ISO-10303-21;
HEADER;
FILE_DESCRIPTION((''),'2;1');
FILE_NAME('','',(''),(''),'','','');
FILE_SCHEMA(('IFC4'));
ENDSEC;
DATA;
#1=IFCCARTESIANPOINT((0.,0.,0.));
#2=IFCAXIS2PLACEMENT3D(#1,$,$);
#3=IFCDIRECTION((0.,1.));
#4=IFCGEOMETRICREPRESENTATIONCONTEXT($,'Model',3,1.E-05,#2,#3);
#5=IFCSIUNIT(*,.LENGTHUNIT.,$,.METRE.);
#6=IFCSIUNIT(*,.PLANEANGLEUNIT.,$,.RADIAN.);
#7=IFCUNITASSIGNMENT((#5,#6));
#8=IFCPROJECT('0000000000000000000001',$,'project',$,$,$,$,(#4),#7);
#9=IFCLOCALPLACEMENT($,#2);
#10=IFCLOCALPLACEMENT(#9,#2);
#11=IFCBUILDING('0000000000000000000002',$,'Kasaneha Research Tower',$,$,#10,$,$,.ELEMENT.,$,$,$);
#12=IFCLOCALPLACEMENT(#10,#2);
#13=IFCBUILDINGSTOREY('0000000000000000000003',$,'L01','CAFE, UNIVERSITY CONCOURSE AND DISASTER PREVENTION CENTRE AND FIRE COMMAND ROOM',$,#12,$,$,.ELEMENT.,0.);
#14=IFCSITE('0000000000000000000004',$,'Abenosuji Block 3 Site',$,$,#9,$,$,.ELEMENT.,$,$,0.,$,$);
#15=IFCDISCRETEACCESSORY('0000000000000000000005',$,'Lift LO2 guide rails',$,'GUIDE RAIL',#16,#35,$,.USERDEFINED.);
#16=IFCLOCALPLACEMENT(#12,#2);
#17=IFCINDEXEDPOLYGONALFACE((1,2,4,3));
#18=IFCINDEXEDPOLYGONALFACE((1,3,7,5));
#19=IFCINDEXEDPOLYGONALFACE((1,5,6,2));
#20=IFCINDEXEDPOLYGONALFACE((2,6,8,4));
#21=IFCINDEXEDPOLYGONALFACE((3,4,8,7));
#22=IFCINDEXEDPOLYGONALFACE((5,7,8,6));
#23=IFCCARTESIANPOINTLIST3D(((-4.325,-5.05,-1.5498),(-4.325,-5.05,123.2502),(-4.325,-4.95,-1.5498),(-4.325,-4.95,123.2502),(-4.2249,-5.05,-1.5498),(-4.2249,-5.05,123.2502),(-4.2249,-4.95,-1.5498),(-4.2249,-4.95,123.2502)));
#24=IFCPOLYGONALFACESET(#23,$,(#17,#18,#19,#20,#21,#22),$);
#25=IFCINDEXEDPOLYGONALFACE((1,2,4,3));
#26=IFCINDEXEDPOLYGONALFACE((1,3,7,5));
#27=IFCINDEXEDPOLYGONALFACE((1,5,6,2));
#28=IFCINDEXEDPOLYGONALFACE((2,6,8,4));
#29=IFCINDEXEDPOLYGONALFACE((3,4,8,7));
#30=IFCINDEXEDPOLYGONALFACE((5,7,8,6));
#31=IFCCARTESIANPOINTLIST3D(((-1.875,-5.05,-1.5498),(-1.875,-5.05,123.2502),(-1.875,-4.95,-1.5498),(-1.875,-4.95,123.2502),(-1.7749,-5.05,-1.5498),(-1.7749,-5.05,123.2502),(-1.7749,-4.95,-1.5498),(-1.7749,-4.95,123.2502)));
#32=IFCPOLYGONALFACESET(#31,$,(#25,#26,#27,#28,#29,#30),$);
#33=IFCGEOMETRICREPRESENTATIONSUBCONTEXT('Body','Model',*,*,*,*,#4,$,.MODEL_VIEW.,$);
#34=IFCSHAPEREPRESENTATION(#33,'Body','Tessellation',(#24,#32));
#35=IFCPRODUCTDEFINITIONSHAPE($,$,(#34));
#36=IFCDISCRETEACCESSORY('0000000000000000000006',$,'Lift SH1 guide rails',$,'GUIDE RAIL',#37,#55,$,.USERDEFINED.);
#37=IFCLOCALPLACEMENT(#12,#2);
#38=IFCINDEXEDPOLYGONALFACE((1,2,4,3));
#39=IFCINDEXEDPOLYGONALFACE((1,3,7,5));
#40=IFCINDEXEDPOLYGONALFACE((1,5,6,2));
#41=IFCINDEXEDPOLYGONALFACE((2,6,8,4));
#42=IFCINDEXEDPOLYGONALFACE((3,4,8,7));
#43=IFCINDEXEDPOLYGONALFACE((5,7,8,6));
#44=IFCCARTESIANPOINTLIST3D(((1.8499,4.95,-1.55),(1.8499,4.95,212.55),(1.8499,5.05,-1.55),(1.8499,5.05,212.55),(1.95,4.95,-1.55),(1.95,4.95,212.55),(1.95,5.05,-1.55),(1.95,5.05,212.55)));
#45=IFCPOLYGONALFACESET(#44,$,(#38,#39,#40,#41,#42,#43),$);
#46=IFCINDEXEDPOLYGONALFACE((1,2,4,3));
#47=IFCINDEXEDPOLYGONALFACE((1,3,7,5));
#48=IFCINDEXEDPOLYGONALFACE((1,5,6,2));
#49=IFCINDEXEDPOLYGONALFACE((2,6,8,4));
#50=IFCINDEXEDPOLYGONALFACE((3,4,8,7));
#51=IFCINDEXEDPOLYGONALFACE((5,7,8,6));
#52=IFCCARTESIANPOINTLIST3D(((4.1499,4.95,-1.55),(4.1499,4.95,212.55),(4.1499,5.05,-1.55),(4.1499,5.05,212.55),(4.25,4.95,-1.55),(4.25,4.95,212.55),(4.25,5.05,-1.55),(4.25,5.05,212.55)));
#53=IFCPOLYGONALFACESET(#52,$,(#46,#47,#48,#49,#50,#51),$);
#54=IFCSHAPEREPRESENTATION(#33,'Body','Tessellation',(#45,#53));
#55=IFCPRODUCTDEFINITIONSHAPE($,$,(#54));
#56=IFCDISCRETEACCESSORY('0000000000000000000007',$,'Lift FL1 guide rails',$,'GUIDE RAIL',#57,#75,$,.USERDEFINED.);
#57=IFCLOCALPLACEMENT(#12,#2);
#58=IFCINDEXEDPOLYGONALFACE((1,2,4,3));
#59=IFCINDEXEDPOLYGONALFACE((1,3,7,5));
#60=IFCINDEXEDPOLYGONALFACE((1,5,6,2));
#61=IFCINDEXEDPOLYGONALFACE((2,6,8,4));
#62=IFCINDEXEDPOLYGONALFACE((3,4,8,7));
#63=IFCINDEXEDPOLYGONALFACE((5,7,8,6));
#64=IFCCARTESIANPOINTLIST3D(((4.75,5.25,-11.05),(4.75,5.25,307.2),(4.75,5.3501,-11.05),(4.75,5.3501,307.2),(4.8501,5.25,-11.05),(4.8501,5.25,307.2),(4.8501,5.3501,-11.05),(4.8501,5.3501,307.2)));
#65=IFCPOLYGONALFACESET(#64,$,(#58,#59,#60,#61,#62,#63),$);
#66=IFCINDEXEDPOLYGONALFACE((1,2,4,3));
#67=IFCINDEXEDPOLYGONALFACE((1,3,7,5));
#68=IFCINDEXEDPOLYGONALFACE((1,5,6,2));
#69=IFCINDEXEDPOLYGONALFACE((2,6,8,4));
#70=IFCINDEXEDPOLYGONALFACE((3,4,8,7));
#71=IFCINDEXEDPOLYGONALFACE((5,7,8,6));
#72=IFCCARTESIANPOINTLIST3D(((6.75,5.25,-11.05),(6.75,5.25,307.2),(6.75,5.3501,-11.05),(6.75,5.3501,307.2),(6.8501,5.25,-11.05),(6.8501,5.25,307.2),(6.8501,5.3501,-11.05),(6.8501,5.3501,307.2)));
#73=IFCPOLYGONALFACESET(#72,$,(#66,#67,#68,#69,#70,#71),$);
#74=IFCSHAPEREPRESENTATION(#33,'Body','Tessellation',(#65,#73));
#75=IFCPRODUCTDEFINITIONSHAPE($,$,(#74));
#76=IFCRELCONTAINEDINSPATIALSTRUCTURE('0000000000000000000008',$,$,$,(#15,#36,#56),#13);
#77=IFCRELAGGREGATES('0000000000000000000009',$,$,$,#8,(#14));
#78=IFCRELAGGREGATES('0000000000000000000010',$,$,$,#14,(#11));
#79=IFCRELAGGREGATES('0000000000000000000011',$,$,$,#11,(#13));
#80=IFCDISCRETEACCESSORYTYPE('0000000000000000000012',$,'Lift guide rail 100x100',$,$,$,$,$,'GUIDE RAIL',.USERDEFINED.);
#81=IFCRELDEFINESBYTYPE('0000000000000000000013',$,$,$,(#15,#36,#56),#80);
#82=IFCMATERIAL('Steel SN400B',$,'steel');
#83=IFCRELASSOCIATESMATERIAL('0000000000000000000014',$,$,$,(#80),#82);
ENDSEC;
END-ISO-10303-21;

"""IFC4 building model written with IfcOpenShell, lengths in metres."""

from ifc_helpers import new_model, si_unit, direction, frame, origin, origin_2d, place, context, subcontext, project, spatial, rectangle, extrude, material, type_object, element, save


model = new_model("IFC4")

# Units and contexts
model_context = context("Model", 3, precision=1e-05, world=origin(), true_north=direction((0.0, 1.0)))
body_context = subcontext(model_context, "Body", "Model", "MODEL_VIEW")
ifc_project = project(units=[si_unit("LENGTHUNIT", "METRE"), si_unit("PLANEANGLEUNIT", "RADIAN")], contexts=[model_context])

# Site, building, storey
site_placement = place(None, origin())
site = spatial("IfcSite", under=ifc_project, at=site_placement, Name="Abenosuji Block 3 Site", CompositionType="ELEMENT", RefElevation=0.0)
building_placement = place(site_placement, origin())
building = spatial("IfcBuilding", under=site, at=building_placement, Name="Kasaneha Research Tower", CompositionType="ELEMENT")
storey_placement = place(building_placement, origin())
storey = spatial("IfcBuildingStorey", under=building, at=storey_placement, Name="L01", Description="CAFE, UNIVERSITY CONCOURSE AND DISASTER PREVENTION CENTRE AND FIRE COMMAND ROOM", CompositionType="ELEMENT", Elevation=0.0)

# Discrete accessories
ifc_material_1 = material(Name="Steel SN400B", Category="steel")
discrete_accessory_type = type_object("IfcDiscreteAccessoryType", Name="Lift guide rail 100x100", ElementType="GUIDE RAIL", PredefinedType="USERDEFINED", material=ifc_material_1)
discrete_accessory_1_placement = place(storey_placement, origin())
element("IfcDiscreteAccessory", 1, at=discrete_accessory_1_placement, inside=storey, type_object=discrete_accessory_type, Name="Lift LO2 guide rails", ObjectType="GUIDE RAIL", PredefinedType="USERDEFINED", context=body_context, shape_type="SweptSolid", body=[
    extrude(rectangle(XDim=0.1001, YDim=0.1001, at=origin_2d()), frame((-4.2749, -5.0, -1.5498)), (0.0, 0.0, 1.0), 124.8),
    extrude(rectangle(XDim=0.1001, YDim=0.1001, at=origin_2d()), frame((-1.825, -5.0, -1.5498)), (0.0, 0.0, 1.0), 124.8),
])
discrete_accessory_2_placement = place(storey_placement, origin())
element("IfcDiscreteAccessory", 2, at=discrete_accessory_2_placement, inside=storey, type_object=discrete_accessory_type, Name="Lift SH1 guide rails", ObjectType="GUIDE RAIL", PredefinedType="USERDEFINED", context=body_context, shape_type="SweptSolid", body=[
    extrude(rectangle(XDim=0.1001, YDim=0.1001, at=origin_2d()), frame((1.8999, 5.0, -1.55)), (0.0, 0.0, 1.0), 214.1001),
    extrude(rectangle(XDim=0.1001, YDim=0.1001, at=origin_2d()), frame((4.2, 5.0, -1.55)), (0.0, 0.0, 1.0), 214.1001),
])
discrete_accessory_3_placement = place(storey_placement, origin())
element("IfcDiscreteAccessory", 3, at=discrete_accessory_3_placement, inside=storey, type_object=discrete_accessory_type, Name="Lift FL1 guide rails", ObjectType="GUIDE RAIL", PredefinedType="USERDEFINED", context=body_context, shape_type="SweptSolid", body=[
    extrude(rectangle(XDim=0.1001, YDim=0.1001, at=origin_2d()), frame((4.8, 5.3, -11.05)), (0.0, 0.0, 1.0), 318.25),
    extrude(rectangle(XDim=0.1001, YDim=0.1001, at=origin_2d()), frame((6.8, 5.3, -11.05)), (0.0, 0.0, 1.0), 318.25),
])

save(model, "model.ifc")
